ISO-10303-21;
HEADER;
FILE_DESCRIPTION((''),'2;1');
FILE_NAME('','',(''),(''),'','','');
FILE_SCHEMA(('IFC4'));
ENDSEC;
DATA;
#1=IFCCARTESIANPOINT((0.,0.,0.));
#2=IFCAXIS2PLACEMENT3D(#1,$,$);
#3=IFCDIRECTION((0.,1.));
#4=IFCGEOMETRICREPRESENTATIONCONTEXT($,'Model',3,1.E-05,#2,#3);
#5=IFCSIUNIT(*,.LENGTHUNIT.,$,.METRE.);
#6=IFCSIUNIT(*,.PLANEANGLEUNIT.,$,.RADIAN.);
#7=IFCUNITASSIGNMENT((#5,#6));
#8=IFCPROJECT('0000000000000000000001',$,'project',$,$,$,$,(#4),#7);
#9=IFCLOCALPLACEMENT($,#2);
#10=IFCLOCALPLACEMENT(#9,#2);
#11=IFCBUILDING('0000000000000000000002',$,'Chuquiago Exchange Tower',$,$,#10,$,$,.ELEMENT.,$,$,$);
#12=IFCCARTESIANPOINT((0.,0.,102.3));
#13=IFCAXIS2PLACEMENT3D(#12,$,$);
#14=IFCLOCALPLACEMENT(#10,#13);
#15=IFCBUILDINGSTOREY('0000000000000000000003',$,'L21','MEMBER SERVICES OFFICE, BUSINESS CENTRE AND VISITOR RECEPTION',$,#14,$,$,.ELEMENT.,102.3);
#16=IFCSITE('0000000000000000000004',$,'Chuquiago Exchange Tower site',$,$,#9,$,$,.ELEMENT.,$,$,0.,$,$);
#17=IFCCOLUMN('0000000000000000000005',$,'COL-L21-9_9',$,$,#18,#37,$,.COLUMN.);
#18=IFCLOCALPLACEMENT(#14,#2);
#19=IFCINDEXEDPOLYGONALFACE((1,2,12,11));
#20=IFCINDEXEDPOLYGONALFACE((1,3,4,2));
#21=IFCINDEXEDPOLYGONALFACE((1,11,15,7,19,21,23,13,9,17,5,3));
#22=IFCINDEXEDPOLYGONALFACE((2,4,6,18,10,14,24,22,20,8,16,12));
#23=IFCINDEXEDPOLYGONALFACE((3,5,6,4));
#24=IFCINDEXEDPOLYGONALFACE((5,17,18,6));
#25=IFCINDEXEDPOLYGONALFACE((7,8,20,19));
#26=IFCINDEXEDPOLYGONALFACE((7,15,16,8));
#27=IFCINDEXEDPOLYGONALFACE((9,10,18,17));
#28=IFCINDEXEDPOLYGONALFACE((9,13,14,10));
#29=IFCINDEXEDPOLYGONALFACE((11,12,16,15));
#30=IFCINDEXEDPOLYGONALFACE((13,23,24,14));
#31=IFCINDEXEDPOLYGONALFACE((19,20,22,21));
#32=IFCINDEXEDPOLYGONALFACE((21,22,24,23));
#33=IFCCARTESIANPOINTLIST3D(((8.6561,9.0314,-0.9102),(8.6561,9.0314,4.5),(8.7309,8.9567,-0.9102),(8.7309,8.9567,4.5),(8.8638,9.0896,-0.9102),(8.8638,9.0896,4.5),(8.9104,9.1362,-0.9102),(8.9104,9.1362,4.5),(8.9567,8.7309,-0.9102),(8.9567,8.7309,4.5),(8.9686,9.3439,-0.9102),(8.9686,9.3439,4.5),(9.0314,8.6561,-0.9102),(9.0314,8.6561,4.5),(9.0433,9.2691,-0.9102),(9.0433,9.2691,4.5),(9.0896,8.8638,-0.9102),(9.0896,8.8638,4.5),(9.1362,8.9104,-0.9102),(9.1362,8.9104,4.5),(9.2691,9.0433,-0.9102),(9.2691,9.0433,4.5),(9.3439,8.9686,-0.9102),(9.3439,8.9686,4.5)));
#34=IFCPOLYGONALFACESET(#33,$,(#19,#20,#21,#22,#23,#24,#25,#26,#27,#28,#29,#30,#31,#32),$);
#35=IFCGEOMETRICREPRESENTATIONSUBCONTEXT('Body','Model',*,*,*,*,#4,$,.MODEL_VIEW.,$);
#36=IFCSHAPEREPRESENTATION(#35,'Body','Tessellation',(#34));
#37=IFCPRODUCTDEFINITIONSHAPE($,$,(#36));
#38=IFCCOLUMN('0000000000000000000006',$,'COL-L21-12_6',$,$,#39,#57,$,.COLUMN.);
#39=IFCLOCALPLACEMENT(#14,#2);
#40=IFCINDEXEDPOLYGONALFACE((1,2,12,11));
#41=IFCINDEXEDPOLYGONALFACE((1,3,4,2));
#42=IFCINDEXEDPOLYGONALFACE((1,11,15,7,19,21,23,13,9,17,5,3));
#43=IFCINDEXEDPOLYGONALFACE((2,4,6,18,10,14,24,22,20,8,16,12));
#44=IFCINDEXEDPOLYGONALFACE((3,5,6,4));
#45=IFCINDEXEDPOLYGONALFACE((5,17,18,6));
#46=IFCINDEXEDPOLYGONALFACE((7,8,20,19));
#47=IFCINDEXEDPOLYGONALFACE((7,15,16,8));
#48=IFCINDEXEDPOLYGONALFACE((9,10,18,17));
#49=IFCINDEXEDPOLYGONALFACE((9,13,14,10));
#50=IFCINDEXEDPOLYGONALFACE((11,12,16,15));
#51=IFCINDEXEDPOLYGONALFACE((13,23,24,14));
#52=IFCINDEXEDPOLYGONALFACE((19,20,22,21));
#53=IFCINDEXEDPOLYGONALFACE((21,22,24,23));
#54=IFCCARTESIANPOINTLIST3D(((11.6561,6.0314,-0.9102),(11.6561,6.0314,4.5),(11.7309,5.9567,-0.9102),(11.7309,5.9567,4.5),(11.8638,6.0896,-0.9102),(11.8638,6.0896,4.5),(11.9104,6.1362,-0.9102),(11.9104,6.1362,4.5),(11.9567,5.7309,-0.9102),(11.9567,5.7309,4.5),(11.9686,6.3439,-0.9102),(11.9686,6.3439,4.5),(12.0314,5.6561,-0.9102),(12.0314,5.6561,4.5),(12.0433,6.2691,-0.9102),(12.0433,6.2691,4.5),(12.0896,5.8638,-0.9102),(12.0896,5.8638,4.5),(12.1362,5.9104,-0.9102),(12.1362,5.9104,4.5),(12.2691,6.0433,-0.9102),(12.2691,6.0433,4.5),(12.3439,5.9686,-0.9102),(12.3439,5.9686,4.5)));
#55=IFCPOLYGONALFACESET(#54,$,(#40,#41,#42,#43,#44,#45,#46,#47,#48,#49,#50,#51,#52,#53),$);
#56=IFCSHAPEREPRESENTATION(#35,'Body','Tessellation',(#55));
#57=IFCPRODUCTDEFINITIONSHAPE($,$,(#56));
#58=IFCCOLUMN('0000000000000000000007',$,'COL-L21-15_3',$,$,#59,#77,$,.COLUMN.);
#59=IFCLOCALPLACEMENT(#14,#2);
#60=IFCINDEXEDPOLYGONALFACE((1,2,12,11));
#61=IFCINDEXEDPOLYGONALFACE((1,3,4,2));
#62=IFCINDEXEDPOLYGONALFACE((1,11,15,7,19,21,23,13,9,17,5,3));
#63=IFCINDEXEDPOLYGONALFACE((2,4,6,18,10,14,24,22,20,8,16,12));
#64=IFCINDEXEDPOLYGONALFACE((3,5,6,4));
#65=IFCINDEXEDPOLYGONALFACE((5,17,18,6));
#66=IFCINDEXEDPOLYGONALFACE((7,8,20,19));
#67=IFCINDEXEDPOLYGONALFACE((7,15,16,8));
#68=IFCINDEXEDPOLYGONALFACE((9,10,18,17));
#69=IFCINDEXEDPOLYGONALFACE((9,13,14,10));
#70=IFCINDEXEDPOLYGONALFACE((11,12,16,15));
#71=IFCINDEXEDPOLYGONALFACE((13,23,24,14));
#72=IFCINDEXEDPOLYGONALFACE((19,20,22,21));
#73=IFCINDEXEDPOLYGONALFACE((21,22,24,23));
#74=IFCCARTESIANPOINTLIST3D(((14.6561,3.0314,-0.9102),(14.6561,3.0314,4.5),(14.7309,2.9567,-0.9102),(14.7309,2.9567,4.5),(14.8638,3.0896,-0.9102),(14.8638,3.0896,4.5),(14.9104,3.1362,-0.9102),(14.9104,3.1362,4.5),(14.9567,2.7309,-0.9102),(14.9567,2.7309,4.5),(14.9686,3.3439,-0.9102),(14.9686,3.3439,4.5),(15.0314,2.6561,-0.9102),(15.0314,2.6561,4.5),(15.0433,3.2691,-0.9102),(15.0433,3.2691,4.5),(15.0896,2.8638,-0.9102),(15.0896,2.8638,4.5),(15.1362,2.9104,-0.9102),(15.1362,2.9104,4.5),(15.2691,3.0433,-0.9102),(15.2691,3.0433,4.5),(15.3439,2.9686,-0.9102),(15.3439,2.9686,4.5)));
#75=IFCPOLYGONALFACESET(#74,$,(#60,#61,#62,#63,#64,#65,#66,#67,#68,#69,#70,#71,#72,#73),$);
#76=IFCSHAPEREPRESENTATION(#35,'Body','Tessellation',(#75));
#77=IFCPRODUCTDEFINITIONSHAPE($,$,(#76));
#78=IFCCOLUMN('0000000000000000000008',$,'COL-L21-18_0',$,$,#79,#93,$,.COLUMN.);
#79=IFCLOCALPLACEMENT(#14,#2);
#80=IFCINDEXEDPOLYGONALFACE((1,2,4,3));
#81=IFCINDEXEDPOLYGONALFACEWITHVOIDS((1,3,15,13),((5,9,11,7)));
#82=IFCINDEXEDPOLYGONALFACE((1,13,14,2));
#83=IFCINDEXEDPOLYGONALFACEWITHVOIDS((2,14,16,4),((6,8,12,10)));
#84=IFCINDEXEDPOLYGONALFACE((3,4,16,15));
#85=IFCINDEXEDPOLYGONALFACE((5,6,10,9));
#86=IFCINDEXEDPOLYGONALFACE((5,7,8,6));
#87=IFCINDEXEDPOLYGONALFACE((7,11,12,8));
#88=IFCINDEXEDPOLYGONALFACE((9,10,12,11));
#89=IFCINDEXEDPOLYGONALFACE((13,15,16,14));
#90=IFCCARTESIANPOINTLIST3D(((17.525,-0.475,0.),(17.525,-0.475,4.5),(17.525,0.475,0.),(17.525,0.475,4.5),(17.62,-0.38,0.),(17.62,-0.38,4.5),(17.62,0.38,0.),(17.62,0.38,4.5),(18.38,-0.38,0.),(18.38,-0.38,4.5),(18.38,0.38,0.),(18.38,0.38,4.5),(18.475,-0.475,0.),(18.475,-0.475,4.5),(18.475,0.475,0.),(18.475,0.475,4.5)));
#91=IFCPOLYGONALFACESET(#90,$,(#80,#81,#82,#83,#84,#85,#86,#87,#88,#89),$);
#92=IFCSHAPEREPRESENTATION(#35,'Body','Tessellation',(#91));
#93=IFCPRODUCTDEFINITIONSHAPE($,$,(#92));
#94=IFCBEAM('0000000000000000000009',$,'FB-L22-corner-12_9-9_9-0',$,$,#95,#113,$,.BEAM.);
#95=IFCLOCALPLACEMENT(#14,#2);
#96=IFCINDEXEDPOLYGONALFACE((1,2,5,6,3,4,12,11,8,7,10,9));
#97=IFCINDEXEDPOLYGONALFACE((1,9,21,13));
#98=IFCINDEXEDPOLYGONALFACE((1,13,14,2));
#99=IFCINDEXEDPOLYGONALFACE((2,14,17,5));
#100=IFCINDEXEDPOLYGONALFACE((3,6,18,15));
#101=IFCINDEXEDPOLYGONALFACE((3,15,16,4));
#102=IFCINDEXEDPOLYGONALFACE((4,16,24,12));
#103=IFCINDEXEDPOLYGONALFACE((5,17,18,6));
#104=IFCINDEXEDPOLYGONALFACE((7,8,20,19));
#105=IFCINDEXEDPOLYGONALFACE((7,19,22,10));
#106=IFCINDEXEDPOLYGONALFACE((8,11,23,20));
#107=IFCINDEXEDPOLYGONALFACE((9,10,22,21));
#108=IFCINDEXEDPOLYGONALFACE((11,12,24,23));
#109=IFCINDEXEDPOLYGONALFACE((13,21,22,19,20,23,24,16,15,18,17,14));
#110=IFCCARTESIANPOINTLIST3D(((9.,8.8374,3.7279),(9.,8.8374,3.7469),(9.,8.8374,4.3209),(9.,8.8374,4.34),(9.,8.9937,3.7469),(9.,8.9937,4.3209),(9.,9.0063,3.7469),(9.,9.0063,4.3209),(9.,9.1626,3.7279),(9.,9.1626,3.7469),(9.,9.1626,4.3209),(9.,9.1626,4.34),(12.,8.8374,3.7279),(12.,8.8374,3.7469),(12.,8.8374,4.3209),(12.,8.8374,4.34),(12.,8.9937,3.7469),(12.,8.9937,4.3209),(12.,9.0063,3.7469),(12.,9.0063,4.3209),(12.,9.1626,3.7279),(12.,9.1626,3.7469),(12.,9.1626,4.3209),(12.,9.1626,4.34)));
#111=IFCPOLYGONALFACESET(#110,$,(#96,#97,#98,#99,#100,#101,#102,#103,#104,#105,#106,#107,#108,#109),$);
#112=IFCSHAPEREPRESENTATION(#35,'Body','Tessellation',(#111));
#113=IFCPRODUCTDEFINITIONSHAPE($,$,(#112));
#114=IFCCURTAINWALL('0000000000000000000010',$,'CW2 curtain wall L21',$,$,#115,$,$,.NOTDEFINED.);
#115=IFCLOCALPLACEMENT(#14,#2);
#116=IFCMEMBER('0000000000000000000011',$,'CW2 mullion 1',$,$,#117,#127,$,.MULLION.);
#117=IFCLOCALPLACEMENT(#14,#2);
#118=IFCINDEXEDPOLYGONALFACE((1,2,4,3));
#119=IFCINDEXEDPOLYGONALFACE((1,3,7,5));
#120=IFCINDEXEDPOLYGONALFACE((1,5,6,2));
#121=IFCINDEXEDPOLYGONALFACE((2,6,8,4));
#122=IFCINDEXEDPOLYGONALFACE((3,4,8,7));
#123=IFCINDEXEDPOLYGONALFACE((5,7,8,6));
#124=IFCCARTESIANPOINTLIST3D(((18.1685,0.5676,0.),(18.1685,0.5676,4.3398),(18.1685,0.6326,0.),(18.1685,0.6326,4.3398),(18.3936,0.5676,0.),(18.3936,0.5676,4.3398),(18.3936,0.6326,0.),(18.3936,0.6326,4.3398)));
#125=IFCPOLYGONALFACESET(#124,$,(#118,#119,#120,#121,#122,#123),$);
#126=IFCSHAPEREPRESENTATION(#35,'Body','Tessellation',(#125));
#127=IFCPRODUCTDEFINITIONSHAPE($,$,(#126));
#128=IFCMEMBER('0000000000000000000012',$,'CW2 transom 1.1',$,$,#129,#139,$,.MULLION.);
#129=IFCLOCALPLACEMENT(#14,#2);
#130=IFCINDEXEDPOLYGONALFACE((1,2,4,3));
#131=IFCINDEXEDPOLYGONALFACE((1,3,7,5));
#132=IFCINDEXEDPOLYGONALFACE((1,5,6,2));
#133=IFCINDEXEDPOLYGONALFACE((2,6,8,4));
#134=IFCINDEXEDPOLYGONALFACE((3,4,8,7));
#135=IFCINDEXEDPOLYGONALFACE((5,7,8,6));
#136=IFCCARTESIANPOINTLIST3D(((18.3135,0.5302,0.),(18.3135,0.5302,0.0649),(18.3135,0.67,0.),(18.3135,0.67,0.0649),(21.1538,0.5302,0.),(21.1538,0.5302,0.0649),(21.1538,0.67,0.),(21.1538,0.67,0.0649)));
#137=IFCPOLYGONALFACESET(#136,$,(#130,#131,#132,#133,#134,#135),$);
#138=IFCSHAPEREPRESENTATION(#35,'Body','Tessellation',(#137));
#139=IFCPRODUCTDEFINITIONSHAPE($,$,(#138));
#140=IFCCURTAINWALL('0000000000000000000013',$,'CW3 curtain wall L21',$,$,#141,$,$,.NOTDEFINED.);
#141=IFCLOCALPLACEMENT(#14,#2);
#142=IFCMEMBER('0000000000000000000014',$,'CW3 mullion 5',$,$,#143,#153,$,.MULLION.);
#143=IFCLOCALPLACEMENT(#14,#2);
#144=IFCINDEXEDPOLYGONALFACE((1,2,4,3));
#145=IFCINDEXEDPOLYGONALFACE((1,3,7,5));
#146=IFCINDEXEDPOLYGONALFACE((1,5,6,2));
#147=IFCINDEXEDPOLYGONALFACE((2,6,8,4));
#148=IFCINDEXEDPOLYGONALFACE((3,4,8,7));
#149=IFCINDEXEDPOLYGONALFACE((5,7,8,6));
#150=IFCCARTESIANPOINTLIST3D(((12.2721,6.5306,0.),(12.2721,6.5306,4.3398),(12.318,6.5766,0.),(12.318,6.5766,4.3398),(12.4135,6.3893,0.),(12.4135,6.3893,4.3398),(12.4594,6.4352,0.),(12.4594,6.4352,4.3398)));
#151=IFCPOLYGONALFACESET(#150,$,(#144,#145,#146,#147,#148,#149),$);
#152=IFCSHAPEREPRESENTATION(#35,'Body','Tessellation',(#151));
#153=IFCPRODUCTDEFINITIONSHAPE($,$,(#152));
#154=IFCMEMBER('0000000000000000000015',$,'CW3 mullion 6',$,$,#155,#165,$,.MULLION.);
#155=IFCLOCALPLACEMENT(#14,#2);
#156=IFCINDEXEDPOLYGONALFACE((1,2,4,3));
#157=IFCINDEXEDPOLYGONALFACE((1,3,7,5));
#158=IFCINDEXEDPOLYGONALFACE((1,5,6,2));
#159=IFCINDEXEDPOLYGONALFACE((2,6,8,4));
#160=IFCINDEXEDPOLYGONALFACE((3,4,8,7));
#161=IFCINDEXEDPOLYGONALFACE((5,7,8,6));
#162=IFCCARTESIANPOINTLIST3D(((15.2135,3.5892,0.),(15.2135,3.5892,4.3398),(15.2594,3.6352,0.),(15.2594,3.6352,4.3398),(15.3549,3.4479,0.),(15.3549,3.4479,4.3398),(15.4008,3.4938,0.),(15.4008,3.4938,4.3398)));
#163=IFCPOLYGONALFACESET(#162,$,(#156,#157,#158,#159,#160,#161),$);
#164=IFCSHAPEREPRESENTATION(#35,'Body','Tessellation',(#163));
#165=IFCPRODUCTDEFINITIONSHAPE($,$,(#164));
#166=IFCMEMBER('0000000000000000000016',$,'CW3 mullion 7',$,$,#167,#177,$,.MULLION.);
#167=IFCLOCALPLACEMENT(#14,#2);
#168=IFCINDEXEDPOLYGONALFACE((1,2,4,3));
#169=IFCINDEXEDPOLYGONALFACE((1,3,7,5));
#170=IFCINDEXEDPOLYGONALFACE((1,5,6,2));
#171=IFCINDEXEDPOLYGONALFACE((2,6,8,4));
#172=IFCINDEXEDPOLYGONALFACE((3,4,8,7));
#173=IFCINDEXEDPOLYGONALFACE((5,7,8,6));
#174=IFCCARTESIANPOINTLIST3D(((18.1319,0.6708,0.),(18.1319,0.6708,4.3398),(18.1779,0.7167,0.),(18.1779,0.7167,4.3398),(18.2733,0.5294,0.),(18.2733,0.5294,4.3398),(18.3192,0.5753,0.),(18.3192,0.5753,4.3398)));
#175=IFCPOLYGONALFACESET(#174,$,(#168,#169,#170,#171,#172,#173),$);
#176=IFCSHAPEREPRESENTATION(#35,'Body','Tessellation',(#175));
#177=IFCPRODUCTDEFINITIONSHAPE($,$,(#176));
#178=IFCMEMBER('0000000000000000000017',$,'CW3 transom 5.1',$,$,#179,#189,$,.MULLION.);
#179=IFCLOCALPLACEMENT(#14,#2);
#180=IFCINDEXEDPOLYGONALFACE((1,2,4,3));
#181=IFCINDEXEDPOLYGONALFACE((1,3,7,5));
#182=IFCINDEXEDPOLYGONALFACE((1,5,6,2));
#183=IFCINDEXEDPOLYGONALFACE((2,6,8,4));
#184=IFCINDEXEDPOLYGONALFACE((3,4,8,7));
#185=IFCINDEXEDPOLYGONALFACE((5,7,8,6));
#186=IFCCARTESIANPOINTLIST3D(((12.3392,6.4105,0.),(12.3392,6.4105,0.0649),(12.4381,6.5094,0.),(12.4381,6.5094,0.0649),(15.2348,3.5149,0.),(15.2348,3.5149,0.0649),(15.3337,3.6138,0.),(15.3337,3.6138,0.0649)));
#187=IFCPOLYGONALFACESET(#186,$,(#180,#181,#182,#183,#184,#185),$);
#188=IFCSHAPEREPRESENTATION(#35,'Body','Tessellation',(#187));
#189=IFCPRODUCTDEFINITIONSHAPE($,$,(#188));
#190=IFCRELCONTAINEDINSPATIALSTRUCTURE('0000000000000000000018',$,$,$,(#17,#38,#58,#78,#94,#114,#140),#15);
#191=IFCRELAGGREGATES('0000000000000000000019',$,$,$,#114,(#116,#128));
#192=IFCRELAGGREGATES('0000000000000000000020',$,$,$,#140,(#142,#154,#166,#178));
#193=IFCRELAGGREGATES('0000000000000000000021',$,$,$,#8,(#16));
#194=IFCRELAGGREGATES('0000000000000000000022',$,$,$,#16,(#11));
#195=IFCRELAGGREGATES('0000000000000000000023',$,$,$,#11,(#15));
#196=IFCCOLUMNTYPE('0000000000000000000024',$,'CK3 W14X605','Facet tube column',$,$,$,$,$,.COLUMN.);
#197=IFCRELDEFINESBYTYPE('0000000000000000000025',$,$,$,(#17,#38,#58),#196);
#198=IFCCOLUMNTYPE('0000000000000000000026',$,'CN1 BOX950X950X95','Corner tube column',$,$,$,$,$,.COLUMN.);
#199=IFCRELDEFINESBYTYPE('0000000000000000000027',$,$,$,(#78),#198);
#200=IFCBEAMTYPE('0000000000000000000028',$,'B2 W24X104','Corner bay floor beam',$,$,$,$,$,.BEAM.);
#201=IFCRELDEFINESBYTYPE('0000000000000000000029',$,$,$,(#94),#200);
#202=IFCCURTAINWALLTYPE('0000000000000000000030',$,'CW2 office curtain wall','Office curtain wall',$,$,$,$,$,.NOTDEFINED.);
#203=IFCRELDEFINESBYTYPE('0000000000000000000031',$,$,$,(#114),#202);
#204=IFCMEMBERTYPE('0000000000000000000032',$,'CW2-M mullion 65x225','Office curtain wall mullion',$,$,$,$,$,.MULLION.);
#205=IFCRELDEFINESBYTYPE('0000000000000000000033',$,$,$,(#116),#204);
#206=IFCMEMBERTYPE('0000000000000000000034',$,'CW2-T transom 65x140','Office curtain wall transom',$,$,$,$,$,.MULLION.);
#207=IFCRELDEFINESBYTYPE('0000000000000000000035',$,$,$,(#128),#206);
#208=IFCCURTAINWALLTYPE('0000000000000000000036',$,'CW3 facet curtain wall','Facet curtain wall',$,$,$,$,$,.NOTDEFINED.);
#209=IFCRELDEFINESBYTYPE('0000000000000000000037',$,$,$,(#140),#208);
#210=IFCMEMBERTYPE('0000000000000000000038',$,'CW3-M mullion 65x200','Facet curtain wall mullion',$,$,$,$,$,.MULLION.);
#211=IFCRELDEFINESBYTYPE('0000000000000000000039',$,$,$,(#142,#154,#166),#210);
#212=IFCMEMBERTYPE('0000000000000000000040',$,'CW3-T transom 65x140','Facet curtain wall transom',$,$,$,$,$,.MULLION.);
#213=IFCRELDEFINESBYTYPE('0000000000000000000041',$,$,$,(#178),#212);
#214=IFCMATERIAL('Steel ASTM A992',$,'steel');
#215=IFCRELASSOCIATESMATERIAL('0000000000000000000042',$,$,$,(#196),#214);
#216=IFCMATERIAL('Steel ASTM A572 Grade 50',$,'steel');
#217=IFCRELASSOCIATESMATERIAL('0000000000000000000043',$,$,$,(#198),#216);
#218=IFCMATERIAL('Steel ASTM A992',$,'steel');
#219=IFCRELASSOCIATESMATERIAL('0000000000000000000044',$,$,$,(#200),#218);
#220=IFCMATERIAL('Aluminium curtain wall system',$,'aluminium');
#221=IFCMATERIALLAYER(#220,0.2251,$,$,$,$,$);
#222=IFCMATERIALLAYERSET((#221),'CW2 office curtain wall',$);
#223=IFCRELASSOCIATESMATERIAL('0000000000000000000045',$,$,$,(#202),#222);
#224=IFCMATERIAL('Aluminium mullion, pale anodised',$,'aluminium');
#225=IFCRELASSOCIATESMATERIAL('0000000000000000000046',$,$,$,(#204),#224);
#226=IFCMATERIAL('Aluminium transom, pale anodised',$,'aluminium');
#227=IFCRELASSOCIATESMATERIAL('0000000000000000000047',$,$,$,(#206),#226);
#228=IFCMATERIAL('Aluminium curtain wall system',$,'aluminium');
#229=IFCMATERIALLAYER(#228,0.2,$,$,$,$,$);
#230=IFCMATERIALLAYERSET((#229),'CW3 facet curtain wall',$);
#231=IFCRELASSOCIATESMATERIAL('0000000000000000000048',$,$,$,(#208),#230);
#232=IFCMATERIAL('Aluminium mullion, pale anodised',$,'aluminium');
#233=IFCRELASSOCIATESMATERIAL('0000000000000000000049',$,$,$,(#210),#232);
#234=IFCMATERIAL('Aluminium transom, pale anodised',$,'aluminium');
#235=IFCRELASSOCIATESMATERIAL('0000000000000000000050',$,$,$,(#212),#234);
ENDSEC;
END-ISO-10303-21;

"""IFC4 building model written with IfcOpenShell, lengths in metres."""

from ifc_helpers import new_model, si_unit, direction, frame, origin, origin_2d, place, context, subcontext, project, spatial, rectangle, hollow_rectangle, i_section, extrude, material, layer, layer_set, material_profile, profile_set, type_object, element, aggregate, save


model = new_model("IFC4")

# Units and contexts
model_context = context("Model", 3, precision=1e-05, world=origin(), true_north=direction((0.0, 1.0)))
body_context = subcontext(model_context, "Body", "Model", "MODEL_VIEW")
ifc_project = project(units=[si_unit("LENGTHUNIT", "METRE"), si_unit("PLANEANGLEUNIT", "RADIAN")], contexts=[model_context])

# Site, building, storey
site_placement = place(None, origin())
site = spatial("IfcSite", under=ifc_project, at=site_placement, Name="Chuquiago Exchange Tower site", CompositionType="ELEMENT", RefElevation=0.0)
building_placement = place(site_placement, origin())
building = spatial("IfcBuilding", under=site, at=building_placement, Name="Chuquiago Exchange Tower", CompositionType="ELEMENT")
storey_placement = place(building_placement, frame((0.0, 0.0, 102.3)))
storey = spatial("IfcBuildingStorey", under=building, at=storey_placement, Name="L21", Description="MEMBER SERVICES OFFICE, BUSINESS CENTRE AND VISITOR RECEPTION", CompositionType="ELEMENT", Elevation=102.3)

# Columns
ifc_material_1 = material(Name="Steel ASTM A992", Category="steel")
ifc_material_profile_1 = material_profile(ifc_material_1, i_section(OverallWidth=0.4419, OverallDepth=0.5308, WebThickness=0.0659, FlangeThickness=0.1057, at=origin_2d()), Name="W14X605")
ifc_profile_set_1 = profile_set([ifc_material_profile_1], Name="Steel ASTM A992")
column_type_1 = type_object("IfcColumnType", Name="CK3 W14X605", Description="Facet tube column", PredefinedType="COLUMN", material=ifc_profile_set_1)
for number, where, z_axis, x_axis, name in (
    (1, (9.0, 9.0, -0.9102), (0.0, 0.0, 1.0), (-0.707107, -0.707107, 0.0), "COL-L21-9_9"),
    (2, (12.0, 6.0, -0.9102), (0.0, 0.0, 1.0), (-0.707107, -0.707107, 0.0), "COL-L21-12_6"),
    (3, (15.0, 3.0, -0.9102), (0.0, 0.0, 1.0), (-0.707107, -0.707107, 0.0), "COL-L21-15_3"),
):
    element("IfcColumn", number, at=place(storey_placement, frame(where, z_axis=z_axis, x_axis=x_axis)), inside=storey, type_object=column_type_1, Name=name, PredefinedType="COLUMN", context=body_context, shape_type="SweptSolid", body=[
        extrude(i_section(OverallWidth=0.4419, OverallDepth=0.5308, WebThickness=0.0659, FlangeThickness=0.1057, at=origin_2d()), origin(), (0.0, 0.0, 1.0), 5.4102),
    ])
ifc_material_2 = material(Name="Steel ASTM A572 Grade 50", Category="steel")
ifc_material_profile_2 = material_profile(ifc_material_2, hollow_rectangle(XDim=0.95, YDim=0.95, WallThickness=0.095, at=origin_2d()), Name="BOX950X950X95")
ifc_profile_set_2 = profile_set([ifc_material_profile_2], Name="Steel ASTM A572 Grade 50")
column_type_2 = type_object("IfcColumnType", Name="CN1 BOX950X950X95", Description="Corner tube column", PredefinedType="COLUMN", material=ifc_profile_set_2)
column_placement = place(storey_placement, frame((18.0, 0.0, 0.0), z_axis=(0.0, 0.0, 1.0), x_axis=(0.0, -1.0, 0.0)))
element("IfcColumn", 4, at=column_placement, inside=storey, type_object=column_type_2, Name="COL-L21-18_0", PredefinedType="COLUMN", context=body_context, shape_type="SweptSolid", body=[
    extrude(hollow_rectangle(XDim=0.95, YDim=0.95, WallThickness=0.095, at=origin_2d()), origin(), (0.0, 0.0, 1.0), 4.5),
])

# Beam
ifc_material_3 = material(Name="Steel ASTM A992", Category="steel")
ifc_material_profile_3 = material_profile(ifc_material_3, i_section(OverallWidth=0.3252, OverallDepth=0.6121, WebThickness=0.0127, FlangeThickness=0.019, at=origin_2d()), Name="W24X104")
ifc_profile_set_3 = profile_set([ifc_material_profile_3], Name="Steel ASTM A992")
beam_type_1 = type_object("IfcBeamType", Name="B2 W24X104", Description="Corner bay floor beam", PredefinedType="BEAM", material=ifc_profile_set_3)
beam_1_placement = place(storey_placement, frame((12.0, 9.0, 4.0339), z_axis=(-1.0, 0.0, 0.0), x_axis=(0.0, -1.0, 0.0)))
element("IfcBeam", 5, at=beam_1_placement, inside=storey, type_object=beam_type_1, Name="FB-L22-corner-12_9-9_9-0", PredefinedType="BEAM", context=body_context, shape_type="SweptSolid", body=[
    extrude(i_section(OverallWidth=0.3252, OverallDepth=0.6121, WebThickness=0.0127, FlangeThickness=0.019, at=origin_2d()), origin(), (0.0, 0.0, 1.0), 3.0),
])

# Curtain walls, members
ifc_material_4 = material(Name="Aluminium curtain wall system", Category="aluminium")
ifc_layer_1 = layer(ifc_material_4, 0.2251)
ifc_layer_set_1 = layer_set([ifc_layer_1], Name="CW2 office curtain wall")
curtain_wall_type_1 = type_object("IfcCurtainWallType", Name="CW2 office curtain wall", Description="Office curtain wall", PredefinedType="NOTDEFINED", material=ifc_layer_set_1)
curtain_wall_1_placement = place(storey_placement, origin())
curtain_wall_1 = element("IfcCurtainWall", 6, at=curtain_wall_1_placement, inside=storey, type_object=curtain_wall_type_1, Name="CW2 curtain wall L21", PredefinedType="NOTDEFINED")
ifc_material_5 = material(Name="Aluminium mullion, pale anodised", Category="aluminium")
ifc_material_profile_4 = material_profile(ifc_material_5, rectangle(XDim=0.0649, YDim=0.2251, at=origin_2d()), Name="AL 65x225")
ifc_profile_set_4 = profile_set([ifc_material_profile_4], Name="Aluminium mullion, pale anodised")
member_type_1 = type_object("IfcMemberType", Name="CW2-M mullion 65x225", Description="Office curtain wall mullion", PredefinedType="MULLION", material=ifc_profile_set_4)
member_1_placement = place(storey_placement, frame((18.281, 0.6001, 0.0), z_axis=(0.0, 0.0, 1.0), x_axis=(0.0, 1.0, 0.0)))
member_1 = element("IfcMember", 7, at=member_1_placement, type_object=member_type_1, Name="CW2 mullion 1", PredefinedType="MULLION", context=body_context, shape_type="SweptSolid", body=[
    extrude(rectangle(XDim=0.0649, YDim=0.2251, at=origin_2d()), origin(), (0.0, 0.0, 1.0), 4.3398),
])
ifc_material_6 = material(Name="Aluminium transom, pale anodised", Category="aluminium")
ifc_material_profile_5 = material_profile(ifc_material_6, rectangle(XDim=0.1399, YDim=0.0649, at=origin_2d()), Name="AL 140x65")
ifc_profile_set_5 = profile_set([ifc_material_profile_5], Name="Aluminium transom, pale anodised")
member_type_2 = type_object("IfcMemberType", Name="CW2-T transom 65x140", Description="Office curtain wall transom", PredefinedType="MULLION", material=ifc_profile_set_5)
member_2_placement = place(storey_placement, frame((18.3135, 0.6001, 0.0325), z_axis=(1.0, 0.0, 0.0), x_axis=(0.0, 1.0, 0.0)))
member_2 = element("IfcMember", 8, at=member_2_placement, type_object=member_type_2, Name="CW2 transom 1.1", PredefinedType="MULLION", context=body_context, shape_type="SweptSolid", body=[
    extrude(rectangle(XDim=0.1399, YDim=0.0649, at=origin_2d()), origin(), (0.0, 0.0, 1.0), 2.8403),
])
aggregate(curtain_wall_1, [member_1, member_2])
ifc_material_7 = material(Name="Aluminium curtain wall system", Category="aluminium")
ifc_layer_2 = layer(ifc_material_7, 0.2)
ifc_layer_set_2 = layer_set([ifc_layer_2], Name="CW3 facet curtain wall")
curtain_wall_type_2 = type_object("IfcCurtainWallType", Name="CW3 facet curtain wall", Description="Facet curtain wall", PredefinedType="NOTDEFINED", material=ifc_layer_set_2)
curtain_wall_2_placement = place(storey_placement, origin())
curtain_wall_2 = element("IfcCurtainWall", 9, at=curtain_wall_2_placement, inside=storey, type_object=curtain_wall_type_2, Name="CW3 curtain wall L21", PredefinedType="NOTDEFINED")
ifc_material_8 = material(Name="Aluminium mullion, pale anodised", Category="aluminium")
ifc_material_profile_6 = material_profile(ifc_material_8, rectangle(XDim=0.0649, YDim=0.2, at=origin_2d()), Name="AL 65x200")
ifc_profile_set_6 = profile_set([ifc_material_profile_6], Name="Aluminium mullion, pale anodised")
member_type_3 = type_object("IfcMemberType", Name="CW3-M mullion 65x200", Description="Facet curtain wall mullion", PredefinedType="MULLION", material=ifc_profile_set_6)
member_3_placement = place(storey_placement, frame((12.3657, 6.4829, 0.0), z_axis=(0.0, 0.0, 1.0), x_axis=(0.707107, 0.707107, 0.0)))
member_3 = element("IfcMember", 10, at=member_3_placement, type_object=member_type_3, Name="CW3 mullion 5", PredefinedType="MULLION", context=body_context, shape_type="SweptSolid", body=[
    extrude(rectangle(XDim=0.0649, YDim=0.2, at=origin_2d()), origin(), (0.0, 0.0, 1.0), 4.3398),
])
member_4_placement = place(storey_placement, frame((15.3071, 3.5415, 0.0), z_axis=(0.0, 0.0, 1.0), x_axis=(0.707107, 0.707107, 0.0)))
member_4 = element("IfcMember", 11, at=member_4_placement, type_object=member_type_3, Name="CW3 mullion 6", PredefinedType="MULLION", context=body_context, shape_type="SweptSolid", body=[
    extrude(rectangle(XDim=0.0649, YDim=0.2, at=origin_2d()), origin(), (0.0, 0.0, 1.0), 4.3398),
])
member_5_placement = place(storey_placement, frame((18.2256, 0.623, 0.0), z_axis=(0.0, 0.0, 1.0), x_axis=(0.707107, 0.707107, 0.0)))
member_5 = element("IfcMember", 12, at=member_5_placement, type_object=member_type_3, Name="CW3 mullion 7", PredefinedType="MULLION", context=body_context, shape_type="SweptSolid", body=[
    extrude(rectangle(XDim=0.0649, YDim=0.2, at=origin_2d()), origin(), (0.0, 0.0, 1.0), 4.3398),
])
ifc_material_9 = material(Name="Aluminium transom, pale anodised", Category="aluminium")
ifc_material_profile_7 = material_profile(ifc_material_9, rectangle(XDim=0.1399, YDim=0.0649, at=origin_2d()), Name="AL 140x65")
ifc_profile_set_7 = profile_set([ifc_material_profile_7], Name="Aluminium transom, pale anodised")
member_type_4 = type_object("IfcMemberType", Name="CW3-T transom 65x140", Description="Facet curtain wall transom", PredefinedType="MULLION", material=ifc_profile_set_7)
member_6_placement = place(storey_placement, frame((12.3887, 6.46, 0.0325), z_axis=(0.707107, -0.707107, 0.0), x_axis=(0.707107, 0.707107, 0.0)))
member_6 = element("IfcMember", 13, at=member_6_placement, type_object=member_type_4, Name="CW3 transom 5.1", PredefinedType="MULLION", context=body_context, shape_type="SweptSolid", body=[
    extrude(rectangle(XDim=0.1399, YDim=0.0649, at=origin_2d()), origin(), (0.0, 0.0, 1.0), 4.095),
])

aggregate(curtain_wall_2, [member_3, member_4, member_5, member_6])

save(model, "model.ifc")
